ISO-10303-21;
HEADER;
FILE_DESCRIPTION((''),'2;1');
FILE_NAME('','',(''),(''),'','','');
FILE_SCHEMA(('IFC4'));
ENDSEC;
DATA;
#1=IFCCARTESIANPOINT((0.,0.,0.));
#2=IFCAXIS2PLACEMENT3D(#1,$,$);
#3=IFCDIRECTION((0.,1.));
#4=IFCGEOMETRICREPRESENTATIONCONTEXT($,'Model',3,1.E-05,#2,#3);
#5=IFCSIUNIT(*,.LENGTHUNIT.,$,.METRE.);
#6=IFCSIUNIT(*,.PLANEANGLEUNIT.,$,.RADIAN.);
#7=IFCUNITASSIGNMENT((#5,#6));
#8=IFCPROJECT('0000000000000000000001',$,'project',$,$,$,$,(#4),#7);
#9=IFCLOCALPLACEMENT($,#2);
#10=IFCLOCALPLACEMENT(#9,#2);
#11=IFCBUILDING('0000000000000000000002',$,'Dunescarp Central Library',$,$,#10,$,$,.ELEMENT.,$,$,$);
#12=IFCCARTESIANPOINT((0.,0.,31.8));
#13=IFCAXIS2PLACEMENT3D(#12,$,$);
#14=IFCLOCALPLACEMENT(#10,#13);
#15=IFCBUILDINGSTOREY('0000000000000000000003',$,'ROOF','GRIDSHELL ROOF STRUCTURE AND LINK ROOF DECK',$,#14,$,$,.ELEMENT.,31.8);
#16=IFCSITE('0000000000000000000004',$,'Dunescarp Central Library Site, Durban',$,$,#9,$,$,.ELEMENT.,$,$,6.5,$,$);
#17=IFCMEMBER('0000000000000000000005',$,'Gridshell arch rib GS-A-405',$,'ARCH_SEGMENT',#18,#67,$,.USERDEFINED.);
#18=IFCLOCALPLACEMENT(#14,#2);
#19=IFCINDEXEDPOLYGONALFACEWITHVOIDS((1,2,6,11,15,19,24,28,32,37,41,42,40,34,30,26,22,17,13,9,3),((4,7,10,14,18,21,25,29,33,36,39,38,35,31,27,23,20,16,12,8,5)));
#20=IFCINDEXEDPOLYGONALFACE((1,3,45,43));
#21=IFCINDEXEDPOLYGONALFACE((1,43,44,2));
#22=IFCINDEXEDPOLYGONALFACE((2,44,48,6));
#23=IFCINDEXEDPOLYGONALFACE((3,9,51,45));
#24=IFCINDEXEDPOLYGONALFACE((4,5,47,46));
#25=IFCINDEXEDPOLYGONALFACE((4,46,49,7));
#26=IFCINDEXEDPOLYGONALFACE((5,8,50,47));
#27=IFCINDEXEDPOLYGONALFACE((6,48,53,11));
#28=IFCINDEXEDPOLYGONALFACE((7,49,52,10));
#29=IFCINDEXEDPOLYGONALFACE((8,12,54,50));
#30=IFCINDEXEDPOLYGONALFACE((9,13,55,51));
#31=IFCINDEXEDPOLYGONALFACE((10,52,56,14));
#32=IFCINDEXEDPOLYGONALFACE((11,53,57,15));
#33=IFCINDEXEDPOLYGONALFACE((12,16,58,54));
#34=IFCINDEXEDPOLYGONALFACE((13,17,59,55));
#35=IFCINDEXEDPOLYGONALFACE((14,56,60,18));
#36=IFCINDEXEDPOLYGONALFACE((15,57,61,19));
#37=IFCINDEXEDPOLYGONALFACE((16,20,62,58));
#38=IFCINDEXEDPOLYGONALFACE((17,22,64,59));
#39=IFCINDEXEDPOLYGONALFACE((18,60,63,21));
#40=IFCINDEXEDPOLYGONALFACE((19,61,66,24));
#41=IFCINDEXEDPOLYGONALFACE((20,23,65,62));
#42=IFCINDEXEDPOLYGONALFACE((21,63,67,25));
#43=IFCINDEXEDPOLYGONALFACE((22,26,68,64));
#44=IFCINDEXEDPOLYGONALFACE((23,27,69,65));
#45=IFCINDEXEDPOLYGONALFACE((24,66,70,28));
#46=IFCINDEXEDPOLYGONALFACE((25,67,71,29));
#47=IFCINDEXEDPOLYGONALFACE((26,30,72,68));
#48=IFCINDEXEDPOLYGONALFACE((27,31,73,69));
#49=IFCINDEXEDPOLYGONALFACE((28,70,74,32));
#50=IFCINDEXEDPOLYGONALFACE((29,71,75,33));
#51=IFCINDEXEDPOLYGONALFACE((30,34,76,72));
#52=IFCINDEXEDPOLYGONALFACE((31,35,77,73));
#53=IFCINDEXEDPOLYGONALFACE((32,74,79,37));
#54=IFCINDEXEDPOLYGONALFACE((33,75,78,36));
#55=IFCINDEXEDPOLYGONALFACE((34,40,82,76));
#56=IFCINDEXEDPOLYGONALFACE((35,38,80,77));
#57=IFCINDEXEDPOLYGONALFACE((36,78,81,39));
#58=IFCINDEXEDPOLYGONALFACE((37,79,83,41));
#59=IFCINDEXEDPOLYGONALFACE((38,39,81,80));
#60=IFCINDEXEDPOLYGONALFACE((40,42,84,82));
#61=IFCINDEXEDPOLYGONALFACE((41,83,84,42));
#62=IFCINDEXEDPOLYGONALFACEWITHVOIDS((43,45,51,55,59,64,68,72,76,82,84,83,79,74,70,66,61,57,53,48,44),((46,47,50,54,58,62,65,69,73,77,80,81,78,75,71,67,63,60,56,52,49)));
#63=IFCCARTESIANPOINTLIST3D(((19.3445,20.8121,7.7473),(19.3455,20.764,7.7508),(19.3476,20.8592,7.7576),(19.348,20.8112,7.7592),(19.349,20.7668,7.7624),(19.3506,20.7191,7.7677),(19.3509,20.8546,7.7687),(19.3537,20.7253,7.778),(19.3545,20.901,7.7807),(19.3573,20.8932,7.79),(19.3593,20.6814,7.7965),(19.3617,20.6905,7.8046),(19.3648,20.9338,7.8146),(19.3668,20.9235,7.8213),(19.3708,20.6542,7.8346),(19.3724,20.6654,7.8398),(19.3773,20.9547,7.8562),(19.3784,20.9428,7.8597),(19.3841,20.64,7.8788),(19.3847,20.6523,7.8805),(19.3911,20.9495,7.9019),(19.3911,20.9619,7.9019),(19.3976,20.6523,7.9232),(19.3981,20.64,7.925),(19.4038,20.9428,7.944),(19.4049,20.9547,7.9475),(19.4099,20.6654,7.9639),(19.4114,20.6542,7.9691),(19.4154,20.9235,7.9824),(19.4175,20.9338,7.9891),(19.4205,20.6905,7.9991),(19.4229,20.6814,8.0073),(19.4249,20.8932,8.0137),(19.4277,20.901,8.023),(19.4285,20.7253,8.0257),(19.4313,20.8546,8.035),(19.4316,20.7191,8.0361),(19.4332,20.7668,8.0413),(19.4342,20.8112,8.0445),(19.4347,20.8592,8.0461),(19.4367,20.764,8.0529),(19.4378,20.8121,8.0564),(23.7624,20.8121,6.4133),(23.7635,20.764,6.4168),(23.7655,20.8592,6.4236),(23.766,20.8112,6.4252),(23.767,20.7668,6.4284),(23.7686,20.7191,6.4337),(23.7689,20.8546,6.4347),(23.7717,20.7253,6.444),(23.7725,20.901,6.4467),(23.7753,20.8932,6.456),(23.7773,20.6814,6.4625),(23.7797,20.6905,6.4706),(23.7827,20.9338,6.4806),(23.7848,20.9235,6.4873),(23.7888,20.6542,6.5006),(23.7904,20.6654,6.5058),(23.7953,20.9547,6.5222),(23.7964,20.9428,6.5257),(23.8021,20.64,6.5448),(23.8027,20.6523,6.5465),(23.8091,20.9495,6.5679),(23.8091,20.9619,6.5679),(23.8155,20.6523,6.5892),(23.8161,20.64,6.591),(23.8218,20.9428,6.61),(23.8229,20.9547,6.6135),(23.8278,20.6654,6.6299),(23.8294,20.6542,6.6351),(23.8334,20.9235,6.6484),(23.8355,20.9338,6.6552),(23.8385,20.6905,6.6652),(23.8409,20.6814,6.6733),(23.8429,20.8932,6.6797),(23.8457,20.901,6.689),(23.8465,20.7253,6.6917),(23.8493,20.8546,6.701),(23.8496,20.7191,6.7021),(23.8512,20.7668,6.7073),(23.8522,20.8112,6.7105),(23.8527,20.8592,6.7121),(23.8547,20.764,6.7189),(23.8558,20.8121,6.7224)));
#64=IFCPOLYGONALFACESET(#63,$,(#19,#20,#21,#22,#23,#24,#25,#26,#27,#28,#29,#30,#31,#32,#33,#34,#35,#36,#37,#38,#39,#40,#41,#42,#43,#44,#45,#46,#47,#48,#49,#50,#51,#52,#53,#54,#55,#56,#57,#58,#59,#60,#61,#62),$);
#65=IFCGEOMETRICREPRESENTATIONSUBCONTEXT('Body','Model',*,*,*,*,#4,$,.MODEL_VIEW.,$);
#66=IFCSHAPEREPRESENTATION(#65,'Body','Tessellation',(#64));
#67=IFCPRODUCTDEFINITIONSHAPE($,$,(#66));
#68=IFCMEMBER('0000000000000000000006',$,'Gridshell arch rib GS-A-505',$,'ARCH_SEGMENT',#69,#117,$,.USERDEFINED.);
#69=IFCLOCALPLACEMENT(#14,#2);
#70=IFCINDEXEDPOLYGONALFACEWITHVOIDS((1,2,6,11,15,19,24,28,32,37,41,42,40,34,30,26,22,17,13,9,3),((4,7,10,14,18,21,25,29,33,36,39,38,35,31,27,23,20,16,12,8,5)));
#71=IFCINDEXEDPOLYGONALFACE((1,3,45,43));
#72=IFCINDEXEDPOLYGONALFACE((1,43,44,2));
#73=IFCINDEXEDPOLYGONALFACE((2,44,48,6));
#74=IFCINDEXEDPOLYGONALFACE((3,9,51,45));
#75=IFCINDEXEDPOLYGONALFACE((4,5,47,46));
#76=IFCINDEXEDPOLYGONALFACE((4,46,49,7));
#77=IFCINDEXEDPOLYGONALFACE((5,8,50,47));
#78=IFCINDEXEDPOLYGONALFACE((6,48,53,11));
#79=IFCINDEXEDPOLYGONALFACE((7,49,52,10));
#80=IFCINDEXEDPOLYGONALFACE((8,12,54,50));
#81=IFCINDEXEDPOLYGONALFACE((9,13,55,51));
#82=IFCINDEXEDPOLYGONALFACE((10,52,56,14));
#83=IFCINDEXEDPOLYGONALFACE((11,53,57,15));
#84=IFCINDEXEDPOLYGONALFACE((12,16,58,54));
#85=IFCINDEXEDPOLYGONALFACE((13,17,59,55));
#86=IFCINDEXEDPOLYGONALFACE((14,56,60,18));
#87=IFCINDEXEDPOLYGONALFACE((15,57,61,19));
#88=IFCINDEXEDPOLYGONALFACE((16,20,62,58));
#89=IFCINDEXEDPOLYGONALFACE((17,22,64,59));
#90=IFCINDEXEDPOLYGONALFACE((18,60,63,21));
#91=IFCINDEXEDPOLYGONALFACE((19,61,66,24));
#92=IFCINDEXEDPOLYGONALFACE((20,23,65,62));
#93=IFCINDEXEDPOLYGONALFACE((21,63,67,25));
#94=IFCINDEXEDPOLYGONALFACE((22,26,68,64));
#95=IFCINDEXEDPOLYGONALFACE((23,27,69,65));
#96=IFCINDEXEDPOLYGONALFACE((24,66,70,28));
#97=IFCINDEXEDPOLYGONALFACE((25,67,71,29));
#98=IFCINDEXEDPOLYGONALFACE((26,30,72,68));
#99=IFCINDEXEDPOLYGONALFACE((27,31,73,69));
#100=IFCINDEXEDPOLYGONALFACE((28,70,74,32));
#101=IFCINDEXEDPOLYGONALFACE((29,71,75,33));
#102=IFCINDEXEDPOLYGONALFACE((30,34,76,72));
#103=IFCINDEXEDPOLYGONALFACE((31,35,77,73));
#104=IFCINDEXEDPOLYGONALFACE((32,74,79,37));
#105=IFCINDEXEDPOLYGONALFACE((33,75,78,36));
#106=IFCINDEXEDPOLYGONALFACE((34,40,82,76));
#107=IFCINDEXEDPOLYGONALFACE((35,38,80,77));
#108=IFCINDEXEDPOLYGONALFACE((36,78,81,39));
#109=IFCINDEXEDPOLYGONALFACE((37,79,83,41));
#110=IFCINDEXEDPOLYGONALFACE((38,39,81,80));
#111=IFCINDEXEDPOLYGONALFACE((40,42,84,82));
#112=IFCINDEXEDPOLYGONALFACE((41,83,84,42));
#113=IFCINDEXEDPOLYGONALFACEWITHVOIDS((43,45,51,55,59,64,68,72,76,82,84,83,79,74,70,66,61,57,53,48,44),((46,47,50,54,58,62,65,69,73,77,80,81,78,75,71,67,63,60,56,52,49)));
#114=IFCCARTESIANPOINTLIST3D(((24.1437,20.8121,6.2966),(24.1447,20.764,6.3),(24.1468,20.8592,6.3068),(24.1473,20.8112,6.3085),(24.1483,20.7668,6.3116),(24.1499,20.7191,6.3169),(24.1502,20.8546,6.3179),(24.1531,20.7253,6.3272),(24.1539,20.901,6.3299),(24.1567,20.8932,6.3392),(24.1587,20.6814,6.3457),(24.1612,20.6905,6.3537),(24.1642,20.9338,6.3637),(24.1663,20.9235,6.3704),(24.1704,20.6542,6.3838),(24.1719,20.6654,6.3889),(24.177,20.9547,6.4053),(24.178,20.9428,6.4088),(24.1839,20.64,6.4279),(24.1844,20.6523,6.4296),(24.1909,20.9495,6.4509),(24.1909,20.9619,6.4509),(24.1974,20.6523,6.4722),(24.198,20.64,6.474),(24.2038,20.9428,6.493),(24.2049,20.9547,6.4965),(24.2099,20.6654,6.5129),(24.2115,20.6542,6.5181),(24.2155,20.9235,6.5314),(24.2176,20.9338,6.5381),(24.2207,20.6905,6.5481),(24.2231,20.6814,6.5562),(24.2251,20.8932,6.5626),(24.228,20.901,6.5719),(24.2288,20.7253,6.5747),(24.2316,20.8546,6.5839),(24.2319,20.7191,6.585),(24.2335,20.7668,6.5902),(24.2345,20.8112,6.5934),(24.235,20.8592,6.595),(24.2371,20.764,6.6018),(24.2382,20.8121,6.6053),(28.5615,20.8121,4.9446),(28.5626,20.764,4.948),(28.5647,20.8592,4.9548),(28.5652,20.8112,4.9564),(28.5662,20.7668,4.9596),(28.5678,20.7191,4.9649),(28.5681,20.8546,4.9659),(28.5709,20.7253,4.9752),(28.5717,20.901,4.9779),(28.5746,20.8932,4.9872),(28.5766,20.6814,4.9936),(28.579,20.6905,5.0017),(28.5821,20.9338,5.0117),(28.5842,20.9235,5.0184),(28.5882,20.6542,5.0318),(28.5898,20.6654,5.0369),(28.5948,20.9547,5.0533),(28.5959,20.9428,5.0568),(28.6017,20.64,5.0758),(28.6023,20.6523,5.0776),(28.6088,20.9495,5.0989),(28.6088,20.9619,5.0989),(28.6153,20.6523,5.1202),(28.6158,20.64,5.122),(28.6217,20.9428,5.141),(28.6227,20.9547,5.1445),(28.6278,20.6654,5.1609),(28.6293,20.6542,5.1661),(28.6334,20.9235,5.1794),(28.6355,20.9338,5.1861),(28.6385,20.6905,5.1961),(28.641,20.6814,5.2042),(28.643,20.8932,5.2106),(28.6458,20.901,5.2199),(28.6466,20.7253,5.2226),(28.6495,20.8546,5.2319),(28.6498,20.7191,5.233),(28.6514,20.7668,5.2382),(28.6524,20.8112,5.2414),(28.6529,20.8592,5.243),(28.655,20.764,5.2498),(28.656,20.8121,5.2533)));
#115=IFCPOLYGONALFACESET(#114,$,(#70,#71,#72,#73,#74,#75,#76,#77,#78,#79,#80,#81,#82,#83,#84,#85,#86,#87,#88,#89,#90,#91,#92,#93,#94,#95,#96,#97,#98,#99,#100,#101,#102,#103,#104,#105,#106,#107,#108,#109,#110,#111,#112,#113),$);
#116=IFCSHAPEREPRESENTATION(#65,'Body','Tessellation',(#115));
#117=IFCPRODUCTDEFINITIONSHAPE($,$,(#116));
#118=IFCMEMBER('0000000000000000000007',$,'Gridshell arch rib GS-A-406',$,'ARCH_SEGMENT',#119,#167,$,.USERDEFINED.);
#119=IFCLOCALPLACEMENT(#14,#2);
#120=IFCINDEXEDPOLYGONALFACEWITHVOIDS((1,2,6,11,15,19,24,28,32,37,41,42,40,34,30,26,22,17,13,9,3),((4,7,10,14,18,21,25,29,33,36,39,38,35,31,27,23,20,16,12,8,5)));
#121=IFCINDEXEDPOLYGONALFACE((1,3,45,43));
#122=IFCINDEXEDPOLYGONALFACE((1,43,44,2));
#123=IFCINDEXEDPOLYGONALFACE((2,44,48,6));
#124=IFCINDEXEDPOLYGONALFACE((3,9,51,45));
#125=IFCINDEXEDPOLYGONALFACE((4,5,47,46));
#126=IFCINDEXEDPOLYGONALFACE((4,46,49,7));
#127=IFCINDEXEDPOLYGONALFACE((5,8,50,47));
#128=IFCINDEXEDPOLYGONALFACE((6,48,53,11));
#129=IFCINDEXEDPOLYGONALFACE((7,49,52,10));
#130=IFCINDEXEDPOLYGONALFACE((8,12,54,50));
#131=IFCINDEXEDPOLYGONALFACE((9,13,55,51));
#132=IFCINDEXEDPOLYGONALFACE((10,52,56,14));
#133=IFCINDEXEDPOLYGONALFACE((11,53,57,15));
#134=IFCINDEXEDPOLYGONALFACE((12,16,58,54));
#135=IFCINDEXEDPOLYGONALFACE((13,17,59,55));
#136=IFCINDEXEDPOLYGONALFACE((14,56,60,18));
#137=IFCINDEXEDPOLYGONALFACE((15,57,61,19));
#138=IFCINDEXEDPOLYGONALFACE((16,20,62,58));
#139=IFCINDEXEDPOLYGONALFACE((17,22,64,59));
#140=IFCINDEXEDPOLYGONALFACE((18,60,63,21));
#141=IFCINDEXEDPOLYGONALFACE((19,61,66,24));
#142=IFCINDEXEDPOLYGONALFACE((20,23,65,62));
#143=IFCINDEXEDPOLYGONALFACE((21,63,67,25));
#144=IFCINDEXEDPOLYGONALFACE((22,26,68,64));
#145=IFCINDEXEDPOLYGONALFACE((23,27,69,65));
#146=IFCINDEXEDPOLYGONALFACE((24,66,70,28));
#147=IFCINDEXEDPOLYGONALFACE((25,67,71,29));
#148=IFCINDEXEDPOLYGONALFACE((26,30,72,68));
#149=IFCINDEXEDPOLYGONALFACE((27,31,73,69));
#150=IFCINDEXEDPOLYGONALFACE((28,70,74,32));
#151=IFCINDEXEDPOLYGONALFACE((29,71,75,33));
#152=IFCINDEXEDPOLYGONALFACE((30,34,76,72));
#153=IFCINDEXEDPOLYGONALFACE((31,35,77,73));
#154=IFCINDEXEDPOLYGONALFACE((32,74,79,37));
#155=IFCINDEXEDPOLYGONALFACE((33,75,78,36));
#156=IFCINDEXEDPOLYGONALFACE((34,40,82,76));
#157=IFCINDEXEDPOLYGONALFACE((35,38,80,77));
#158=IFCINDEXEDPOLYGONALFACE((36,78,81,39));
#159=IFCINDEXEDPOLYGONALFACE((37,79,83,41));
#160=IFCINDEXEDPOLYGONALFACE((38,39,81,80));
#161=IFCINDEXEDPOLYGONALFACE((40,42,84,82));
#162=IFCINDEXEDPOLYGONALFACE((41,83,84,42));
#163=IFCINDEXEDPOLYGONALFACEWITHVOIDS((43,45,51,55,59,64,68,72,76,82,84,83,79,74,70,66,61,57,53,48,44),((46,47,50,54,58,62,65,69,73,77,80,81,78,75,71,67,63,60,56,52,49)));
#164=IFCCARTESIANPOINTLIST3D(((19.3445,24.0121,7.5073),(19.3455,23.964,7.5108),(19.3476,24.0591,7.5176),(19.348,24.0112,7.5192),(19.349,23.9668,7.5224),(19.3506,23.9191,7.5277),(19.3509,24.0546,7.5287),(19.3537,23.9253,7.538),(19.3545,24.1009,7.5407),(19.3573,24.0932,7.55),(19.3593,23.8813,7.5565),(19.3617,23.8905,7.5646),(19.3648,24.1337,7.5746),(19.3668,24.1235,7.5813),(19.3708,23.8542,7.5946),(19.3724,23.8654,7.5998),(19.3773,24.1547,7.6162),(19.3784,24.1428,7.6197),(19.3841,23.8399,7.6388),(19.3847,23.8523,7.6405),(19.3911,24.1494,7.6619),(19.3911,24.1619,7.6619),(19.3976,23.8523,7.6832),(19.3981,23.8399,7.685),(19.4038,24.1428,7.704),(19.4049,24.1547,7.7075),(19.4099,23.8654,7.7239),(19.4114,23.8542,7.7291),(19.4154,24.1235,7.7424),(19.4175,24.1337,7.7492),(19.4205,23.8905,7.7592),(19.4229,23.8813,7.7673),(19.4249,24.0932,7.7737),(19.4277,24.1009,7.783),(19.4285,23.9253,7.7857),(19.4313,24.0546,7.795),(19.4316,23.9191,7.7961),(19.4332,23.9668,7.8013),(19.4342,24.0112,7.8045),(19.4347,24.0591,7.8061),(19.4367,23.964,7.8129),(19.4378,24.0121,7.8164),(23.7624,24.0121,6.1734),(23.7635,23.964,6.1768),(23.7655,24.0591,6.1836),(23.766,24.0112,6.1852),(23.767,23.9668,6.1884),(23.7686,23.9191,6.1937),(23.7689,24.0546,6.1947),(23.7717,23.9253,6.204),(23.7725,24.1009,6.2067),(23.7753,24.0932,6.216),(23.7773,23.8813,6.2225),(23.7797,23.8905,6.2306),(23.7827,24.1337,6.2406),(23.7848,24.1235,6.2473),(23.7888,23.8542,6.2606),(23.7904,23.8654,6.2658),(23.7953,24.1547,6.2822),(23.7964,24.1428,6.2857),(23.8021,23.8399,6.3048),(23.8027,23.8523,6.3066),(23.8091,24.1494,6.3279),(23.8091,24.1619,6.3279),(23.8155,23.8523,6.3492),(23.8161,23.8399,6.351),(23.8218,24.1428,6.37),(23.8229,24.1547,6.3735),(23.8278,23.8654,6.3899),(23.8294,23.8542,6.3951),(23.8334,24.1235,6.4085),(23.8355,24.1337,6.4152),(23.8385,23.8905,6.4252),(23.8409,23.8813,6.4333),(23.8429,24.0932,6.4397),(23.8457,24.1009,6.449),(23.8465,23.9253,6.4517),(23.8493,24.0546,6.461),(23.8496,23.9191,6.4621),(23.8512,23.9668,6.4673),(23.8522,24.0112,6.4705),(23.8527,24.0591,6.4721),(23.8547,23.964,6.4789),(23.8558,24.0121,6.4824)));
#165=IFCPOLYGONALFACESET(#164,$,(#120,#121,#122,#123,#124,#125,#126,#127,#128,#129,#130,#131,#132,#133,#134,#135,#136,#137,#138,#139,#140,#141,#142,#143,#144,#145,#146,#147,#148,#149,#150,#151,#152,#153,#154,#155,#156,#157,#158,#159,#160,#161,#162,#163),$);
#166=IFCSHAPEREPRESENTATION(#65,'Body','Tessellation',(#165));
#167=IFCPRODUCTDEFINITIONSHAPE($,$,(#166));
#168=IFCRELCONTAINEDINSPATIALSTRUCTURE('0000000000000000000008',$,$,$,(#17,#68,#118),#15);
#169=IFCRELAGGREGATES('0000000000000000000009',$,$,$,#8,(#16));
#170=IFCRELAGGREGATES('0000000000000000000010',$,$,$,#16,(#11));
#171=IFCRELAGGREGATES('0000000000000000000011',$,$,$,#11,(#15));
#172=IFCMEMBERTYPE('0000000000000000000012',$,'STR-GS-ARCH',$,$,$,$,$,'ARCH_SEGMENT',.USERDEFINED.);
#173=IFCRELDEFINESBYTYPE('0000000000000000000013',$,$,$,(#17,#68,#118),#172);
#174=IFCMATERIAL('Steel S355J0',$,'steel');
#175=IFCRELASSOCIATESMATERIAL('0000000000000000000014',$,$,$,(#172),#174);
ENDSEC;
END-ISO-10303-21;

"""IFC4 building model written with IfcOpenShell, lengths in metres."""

from ifc_helpers import new_model, si_unit, direction, frame, origin, origin_2d, place, context, subcontext, project, spatial, hollow_circle, extrude, material, material_profile, profile_set, type_object, element, save


model = new_model("IFC4")

# Units and contexts
model_context = context("Model", 3, precision=1e-05, world=origin(), true_north=direction((0.0, 1.0)))
body_context = subcontext(model_context, "Body", "Model", "MODEL_VIEW")
ifc_project = project(units=[si_unit("LENGTHUNIT", "METRE"), si_unit("PLANEANGLEUNIT", "RADIAN")], contexts=[model_context])

# Site, building, storey
site_placement = place(None, origin())
site = spatial("IfcSite", under=ifc_project, at=site_placement, Name="Dunescarp Central Library Site, Durban", CompositionType="ELEMENT", RefElevation=6.5)
building_placement = place(site_placement, origin())
building = spatial("IfcBuilding", under=site, at=building_placement, Name="Dunescarp Central Library", CompositionType="ELEMENT")
storey_placement = place(building_placement, frame((0.0, 0.0, 31.8)))
storey = spatial("IfcBuildingStorey", under=building, at=storey_placement, Name="ROOF", Description="GRIDSHELL ROOF STRUCTURE AND LINK ROOF DECK", CompositionType="ELEMENT", Elevation=31.8)

# Members
ifc_material_1 = material(Name="Steel S355J0", Category="steel")
ifc_material_profile_1 = material_profile(ifc_material_1, hollow_circle(Radius=0.1619, WallThickness=0.0125, at=origin_2d()), Name="CHS 323.9x12.5")
ifc_profile_set_1 = profile_set([ifc_material_profile_1], Name="Steel S355J0")
member_type_1 = type_object("IfcMemberType", Name="STR-GS-ARCH", ElementType="ARCH_SEGMENT", PredefinedType="USERDEFINED", material=ifc_profile_set_1)
member_1_placement = place(storey_placement, frame((19.3911, 20.8, 7.9019), z_axis=(0.957312, 0.0, -0.289056), x_axis=(0.0, 1.0, 0.0)))
element("IfcMember", 1, at=member_1_placement, inside=storey, type_object=member_type_1, Name="Gridshell arch rib GS-A-405", ObjectType="ARCH_SEGMENT", PredefinedType="USERDEFINED", context=body_context, shape_type="SweptSolid", body=[
    extrude(hollow_circle(Radius=0.1619, WallThickness=0.0125, at=origin_2d()), origin(), (0.0, 0.0, 1.0), 4.615),
])
member_2_placement = place(storey_placement, frame((24.1909, 20.8, 6.4509), z_axis=(0.956223, 0.0, -0.292637), x_axis=(0.0, 1.0, 0.0)))
element("IfcMember", 2, at=member_2_placement, inside=storey, type_object=member_type_1, Name="Gridshell arch rib GS-A-505", ObjectType="ARCH_SEGMENT", PredefinedType="USERDEFINED", context=body_context, shape_type="SweptSolid", body=[
    extrude(hollow_circle(Radius=0.1619, WallThickness=0.0125, at=origin_2d()), origin(), (0.0, 0.0, 1.0), 4.6201),
])
member_3_placement = place(storey_placement, frame((19.3911, 24.0, 7.6619), z_axis=(0.957312, 0.0, -0.289056), x_axis=(0.0, 1.0, 0.0)))
element("IfcMember", 3, at=member_3_placement, inside=storey, type_object=member_type_1, Name="Gridshell arch rib GS-A-406", ObjectType="ARCH_SEGMENT", PredefinedType="USERDEFINED", context=body_context, shape_type="SweptSolid", body=[
    extrude(hollow_circle(Radius=0.1619, WallThickness=0.0125, at=origin_2d()), origin(), (0.0, 0.0, 1.0), 4.615),
])

save(model, "model.ifc")
